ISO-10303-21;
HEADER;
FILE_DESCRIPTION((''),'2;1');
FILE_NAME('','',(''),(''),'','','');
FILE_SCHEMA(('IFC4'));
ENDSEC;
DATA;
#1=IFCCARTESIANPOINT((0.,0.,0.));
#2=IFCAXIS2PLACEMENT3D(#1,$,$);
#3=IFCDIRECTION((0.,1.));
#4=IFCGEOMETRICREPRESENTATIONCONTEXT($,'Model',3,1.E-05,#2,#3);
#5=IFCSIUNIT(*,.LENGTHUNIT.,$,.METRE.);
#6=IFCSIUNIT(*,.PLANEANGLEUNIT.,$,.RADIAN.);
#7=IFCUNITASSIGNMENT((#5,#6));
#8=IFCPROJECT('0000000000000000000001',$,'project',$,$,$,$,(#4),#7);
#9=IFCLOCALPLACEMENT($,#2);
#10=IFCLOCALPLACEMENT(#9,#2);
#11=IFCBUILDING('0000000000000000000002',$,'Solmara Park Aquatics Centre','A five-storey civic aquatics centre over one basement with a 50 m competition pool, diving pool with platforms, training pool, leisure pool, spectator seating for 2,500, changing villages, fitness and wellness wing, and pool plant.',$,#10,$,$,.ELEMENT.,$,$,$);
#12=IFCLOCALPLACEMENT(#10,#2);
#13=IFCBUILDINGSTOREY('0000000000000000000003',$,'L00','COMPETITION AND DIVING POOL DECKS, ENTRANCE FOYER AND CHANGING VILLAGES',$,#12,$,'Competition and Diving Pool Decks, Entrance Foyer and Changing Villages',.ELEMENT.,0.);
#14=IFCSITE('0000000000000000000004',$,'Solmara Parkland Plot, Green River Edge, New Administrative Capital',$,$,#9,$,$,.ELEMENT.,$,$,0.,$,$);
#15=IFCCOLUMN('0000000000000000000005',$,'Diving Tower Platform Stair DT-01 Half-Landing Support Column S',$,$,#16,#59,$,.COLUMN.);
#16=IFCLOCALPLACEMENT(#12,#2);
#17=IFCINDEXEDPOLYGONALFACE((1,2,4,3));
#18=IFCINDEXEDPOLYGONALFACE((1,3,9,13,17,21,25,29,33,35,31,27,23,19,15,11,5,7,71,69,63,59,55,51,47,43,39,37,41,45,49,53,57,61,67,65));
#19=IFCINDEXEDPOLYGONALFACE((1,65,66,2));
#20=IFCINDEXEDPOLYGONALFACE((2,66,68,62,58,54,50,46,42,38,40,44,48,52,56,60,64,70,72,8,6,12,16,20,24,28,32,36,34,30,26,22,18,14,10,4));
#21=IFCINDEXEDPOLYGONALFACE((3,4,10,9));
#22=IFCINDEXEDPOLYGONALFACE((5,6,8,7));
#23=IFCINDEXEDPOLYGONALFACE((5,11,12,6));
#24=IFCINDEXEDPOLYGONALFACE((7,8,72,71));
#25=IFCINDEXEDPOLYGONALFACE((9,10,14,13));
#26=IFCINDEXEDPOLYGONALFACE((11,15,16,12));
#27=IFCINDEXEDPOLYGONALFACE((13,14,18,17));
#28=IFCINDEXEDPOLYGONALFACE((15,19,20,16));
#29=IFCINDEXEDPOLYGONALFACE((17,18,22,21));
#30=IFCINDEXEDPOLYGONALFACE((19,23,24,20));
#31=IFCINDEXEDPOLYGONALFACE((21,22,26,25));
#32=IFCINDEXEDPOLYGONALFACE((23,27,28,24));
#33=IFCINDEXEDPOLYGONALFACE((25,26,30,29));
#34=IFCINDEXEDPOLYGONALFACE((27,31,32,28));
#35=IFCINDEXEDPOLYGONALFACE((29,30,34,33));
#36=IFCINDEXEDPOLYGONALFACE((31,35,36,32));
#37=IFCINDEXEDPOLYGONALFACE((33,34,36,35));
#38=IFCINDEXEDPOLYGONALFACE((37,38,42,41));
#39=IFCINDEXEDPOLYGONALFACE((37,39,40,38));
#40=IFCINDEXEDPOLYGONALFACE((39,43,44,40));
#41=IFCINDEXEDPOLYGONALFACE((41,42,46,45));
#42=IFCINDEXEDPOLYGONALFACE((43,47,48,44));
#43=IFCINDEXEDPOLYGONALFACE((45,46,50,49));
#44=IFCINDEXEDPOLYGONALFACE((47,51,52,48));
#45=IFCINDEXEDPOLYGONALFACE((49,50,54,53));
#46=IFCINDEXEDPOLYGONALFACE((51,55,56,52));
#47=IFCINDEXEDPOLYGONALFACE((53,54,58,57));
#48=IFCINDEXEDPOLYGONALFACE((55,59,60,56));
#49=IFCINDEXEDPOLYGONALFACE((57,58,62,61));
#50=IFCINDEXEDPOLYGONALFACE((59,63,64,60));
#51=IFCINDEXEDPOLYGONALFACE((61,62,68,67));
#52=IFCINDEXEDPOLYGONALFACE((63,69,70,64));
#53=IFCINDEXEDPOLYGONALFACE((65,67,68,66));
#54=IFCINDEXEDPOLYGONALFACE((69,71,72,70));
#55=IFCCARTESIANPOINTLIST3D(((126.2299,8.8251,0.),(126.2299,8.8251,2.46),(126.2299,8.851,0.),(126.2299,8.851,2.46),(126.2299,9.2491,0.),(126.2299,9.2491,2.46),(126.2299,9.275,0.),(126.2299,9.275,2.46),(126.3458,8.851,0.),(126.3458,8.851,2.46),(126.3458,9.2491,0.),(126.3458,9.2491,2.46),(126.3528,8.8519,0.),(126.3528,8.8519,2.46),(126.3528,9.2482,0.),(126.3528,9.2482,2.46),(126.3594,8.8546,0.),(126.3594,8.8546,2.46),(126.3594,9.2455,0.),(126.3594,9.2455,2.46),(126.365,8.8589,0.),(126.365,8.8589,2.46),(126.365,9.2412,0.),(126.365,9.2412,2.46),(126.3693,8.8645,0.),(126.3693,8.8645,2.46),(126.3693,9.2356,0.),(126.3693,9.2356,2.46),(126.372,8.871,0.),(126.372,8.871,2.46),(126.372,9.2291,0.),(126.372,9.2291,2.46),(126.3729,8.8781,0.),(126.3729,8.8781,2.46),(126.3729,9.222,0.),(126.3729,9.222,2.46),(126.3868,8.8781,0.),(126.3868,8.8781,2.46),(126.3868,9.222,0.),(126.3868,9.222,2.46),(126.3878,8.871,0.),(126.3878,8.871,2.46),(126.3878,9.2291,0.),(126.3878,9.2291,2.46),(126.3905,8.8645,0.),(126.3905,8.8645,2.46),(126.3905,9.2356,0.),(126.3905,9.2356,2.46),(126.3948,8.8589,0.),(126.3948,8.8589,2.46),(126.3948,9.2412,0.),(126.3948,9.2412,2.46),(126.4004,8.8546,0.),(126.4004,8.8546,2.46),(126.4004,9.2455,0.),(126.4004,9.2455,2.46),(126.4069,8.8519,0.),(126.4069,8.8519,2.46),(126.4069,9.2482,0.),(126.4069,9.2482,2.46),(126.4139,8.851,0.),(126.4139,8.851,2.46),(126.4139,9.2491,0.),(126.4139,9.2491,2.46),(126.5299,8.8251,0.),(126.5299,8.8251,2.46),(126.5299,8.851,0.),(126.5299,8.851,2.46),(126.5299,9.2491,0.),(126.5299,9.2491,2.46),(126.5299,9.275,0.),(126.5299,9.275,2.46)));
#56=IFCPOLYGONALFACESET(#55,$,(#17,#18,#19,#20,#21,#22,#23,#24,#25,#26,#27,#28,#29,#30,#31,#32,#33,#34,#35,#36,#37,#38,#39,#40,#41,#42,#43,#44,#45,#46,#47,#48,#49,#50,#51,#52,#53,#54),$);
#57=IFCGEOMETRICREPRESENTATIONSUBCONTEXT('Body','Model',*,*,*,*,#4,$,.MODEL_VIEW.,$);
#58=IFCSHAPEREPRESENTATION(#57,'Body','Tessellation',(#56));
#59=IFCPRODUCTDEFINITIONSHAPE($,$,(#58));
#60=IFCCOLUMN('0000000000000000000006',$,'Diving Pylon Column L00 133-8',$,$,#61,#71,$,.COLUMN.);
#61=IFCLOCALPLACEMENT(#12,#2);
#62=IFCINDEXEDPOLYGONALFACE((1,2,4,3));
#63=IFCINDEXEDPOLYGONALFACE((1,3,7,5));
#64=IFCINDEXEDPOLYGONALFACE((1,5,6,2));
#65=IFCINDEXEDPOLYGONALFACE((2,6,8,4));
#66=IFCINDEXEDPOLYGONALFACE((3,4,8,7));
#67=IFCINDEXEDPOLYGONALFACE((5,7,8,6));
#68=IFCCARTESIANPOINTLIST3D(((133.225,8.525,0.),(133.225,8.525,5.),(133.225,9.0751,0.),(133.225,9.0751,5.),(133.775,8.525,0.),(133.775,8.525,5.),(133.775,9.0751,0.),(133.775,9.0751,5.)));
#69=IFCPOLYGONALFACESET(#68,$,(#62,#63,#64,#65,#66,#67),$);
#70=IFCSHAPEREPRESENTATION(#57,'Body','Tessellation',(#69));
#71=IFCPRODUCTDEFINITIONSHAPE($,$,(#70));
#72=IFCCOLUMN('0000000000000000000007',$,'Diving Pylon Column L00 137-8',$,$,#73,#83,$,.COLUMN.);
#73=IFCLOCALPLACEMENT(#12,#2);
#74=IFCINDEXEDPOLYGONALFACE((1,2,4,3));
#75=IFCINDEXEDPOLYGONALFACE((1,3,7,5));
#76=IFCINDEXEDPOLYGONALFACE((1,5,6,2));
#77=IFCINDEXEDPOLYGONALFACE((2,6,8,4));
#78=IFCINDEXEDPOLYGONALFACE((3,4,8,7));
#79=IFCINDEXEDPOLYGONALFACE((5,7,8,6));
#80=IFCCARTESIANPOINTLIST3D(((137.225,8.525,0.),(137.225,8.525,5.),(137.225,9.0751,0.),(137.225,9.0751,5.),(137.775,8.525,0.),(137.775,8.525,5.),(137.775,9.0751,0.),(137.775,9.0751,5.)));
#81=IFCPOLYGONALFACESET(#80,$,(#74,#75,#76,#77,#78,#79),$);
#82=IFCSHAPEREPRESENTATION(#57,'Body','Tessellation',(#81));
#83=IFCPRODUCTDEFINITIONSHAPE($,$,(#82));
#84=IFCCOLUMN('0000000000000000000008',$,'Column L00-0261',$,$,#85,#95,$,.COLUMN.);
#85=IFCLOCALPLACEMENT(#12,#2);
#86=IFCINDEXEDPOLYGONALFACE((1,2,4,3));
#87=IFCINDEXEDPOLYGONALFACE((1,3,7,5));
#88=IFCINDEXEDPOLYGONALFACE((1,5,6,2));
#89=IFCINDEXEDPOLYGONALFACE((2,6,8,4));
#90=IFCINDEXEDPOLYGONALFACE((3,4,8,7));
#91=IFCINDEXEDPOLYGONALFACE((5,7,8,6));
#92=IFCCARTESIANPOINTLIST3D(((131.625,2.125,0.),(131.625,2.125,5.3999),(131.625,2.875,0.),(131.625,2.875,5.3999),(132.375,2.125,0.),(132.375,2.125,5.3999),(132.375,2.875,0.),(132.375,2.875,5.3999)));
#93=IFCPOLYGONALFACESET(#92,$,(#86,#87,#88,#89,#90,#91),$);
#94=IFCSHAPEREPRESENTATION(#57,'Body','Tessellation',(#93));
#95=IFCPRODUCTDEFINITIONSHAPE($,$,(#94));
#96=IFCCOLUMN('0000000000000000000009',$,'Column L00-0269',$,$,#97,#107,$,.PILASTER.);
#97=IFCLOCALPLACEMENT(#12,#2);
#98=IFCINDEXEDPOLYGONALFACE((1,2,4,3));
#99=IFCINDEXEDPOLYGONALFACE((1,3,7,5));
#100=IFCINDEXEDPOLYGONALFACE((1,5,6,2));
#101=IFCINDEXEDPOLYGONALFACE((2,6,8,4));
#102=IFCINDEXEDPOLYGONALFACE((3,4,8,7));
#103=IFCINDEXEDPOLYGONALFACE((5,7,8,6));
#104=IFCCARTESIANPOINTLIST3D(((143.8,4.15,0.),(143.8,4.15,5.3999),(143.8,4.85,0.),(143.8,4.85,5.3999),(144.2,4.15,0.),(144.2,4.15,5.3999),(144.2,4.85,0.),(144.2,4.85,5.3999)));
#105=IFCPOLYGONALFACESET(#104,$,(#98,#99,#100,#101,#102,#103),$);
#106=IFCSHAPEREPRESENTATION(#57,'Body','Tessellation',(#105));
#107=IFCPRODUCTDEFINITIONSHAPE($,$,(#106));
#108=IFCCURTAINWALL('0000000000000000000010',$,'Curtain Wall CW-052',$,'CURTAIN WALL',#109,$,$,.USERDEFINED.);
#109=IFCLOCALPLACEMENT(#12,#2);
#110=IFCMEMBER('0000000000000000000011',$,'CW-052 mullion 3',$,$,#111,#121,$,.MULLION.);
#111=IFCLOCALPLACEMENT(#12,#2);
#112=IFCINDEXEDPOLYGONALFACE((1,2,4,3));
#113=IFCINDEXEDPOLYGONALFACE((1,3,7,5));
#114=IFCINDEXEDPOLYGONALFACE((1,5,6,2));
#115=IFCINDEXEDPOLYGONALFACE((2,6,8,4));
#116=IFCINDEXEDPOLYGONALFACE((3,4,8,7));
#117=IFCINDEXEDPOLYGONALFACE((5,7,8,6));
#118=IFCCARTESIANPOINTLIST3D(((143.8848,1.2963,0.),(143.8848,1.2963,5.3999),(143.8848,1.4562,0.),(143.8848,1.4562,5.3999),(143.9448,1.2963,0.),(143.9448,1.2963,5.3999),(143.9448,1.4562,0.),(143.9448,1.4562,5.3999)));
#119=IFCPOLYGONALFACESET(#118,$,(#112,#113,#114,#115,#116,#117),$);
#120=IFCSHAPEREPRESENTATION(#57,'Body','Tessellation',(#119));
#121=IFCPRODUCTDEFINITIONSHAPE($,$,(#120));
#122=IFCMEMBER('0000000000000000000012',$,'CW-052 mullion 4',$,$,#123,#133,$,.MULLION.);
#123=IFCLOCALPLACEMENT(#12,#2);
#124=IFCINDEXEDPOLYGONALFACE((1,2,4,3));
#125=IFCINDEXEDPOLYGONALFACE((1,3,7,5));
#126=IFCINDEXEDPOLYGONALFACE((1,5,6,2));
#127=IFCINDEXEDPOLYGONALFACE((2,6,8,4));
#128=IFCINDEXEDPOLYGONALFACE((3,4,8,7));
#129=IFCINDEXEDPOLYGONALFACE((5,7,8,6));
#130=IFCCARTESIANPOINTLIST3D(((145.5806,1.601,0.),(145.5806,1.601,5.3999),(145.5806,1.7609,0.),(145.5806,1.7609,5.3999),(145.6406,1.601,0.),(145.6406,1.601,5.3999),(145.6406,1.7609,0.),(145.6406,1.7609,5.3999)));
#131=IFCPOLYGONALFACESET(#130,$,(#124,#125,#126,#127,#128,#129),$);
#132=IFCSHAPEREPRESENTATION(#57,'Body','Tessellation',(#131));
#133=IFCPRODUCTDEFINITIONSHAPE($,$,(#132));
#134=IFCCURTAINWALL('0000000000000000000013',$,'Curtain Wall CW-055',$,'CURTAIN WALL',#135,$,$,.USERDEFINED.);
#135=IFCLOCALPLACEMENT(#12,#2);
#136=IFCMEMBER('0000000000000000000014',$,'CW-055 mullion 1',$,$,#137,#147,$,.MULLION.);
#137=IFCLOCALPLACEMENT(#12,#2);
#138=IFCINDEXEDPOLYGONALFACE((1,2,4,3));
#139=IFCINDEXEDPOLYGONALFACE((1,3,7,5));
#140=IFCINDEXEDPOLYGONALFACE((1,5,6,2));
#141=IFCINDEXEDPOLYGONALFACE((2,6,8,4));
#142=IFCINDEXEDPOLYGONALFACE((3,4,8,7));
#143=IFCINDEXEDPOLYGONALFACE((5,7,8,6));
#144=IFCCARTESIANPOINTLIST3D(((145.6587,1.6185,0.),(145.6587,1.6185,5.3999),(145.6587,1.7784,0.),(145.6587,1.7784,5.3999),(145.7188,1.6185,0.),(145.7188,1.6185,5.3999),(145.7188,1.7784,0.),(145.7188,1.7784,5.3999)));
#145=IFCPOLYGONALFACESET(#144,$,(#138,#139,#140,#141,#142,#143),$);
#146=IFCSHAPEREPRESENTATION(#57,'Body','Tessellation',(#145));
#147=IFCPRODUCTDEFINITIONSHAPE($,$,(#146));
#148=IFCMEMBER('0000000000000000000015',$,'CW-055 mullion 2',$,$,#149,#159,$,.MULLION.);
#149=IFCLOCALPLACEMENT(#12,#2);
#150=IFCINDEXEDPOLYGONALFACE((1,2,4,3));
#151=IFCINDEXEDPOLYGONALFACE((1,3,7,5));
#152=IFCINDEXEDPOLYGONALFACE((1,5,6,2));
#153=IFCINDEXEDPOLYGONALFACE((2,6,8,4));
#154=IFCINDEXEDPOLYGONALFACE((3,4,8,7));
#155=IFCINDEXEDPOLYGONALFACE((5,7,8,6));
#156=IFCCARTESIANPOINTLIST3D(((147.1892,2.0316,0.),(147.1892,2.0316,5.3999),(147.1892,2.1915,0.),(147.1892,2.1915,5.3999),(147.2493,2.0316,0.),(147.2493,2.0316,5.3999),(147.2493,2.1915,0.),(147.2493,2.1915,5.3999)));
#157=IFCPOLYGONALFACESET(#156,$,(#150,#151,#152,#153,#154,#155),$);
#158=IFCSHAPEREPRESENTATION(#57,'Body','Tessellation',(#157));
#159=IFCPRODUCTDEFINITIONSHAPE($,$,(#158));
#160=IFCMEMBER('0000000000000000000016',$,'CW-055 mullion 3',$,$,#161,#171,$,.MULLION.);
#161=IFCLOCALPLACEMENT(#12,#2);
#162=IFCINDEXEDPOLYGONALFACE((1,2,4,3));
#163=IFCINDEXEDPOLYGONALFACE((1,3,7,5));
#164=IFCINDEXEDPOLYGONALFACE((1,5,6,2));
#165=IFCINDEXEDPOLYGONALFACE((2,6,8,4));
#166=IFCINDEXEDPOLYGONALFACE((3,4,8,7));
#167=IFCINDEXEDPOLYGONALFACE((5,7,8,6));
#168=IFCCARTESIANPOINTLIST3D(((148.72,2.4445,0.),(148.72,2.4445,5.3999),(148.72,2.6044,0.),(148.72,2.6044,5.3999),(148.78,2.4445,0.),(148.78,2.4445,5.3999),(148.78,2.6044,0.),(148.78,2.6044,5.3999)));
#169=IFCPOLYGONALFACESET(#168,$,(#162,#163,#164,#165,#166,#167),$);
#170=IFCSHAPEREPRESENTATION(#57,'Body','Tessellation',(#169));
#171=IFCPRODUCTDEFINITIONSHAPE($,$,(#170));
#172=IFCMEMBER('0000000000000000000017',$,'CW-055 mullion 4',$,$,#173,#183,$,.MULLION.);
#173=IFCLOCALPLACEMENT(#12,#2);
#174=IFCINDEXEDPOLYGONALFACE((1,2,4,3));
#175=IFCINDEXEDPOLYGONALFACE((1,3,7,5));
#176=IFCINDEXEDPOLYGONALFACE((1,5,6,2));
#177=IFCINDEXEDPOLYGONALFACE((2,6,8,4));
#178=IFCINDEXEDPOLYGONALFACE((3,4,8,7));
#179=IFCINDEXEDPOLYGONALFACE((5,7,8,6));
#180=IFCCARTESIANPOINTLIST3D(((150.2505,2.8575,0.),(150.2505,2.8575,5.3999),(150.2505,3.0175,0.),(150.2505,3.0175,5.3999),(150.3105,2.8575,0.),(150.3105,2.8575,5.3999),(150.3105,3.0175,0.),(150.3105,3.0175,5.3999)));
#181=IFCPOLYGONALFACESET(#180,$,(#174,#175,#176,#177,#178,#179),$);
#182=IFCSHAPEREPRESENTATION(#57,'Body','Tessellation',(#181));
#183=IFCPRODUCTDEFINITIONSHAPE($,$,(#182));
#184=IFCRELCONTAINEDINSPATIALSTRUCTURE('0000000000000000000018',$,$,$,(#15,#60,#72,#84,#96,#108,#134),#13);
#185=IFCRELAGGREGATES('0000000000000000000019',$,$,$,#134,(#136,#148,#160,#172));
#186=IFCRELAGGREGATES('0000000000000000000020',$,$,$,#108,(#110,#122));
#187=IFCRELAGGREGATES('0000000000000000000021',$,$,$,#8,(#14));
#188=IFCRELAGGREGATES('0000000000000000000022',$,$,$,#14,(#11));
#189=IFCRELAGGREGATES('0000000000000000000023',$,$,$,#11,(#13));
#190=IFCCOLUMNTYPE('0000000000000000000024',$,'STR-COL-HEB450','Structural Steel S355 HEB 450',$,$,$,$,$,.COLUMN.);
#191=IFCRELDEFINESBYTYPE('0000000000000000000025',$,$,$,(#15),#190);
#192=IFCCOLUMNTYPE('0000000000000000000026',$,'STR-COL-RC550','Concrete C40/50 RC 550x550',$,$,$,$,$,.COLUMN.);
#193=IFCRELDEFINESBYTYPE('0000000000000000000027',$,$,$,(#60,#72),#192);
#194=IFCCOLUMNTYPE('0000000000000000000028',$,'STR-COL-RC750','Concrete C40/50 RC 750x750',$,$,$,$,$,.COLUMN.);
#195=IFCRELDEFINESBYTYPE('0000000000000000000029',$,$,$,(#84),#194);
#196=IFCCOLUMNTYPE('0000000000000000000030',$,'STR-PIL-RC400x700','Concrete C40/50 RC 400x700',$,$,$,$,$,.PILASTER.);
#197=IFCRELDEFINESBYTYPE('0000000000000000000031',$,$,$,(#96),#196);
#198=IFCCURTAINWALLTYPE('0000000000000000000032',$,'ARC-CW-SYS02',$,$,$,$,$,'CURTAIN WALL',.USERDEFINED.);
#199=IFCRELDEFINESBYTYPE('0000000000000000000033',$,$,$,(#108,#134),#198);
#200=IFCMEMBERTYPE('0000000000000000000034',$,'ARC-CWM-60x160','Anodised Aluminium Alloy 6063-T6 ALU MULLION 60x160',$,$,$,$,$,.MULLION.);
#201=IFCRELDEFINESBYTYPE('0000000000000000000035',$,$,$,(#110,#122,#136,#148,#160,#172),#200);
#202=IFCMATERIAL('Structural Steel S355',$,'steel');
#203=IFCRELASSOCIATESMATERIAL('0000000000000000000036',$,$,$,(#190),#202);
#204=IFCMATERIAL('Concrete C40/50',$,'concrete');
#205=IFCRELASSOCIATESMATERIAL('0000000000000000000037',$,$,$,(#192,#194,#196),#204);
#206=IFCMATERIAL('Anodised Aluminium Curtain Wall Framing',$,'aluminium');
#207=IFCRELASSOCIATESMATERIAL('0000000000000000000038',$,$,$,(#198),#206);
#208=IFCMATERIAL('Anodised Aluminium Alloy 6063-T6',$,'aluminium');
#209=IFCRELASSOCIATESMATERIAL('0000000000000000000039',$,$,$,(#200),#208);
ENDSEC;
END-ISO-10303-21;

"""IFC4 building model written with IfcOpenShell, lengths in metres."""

from ifc_helpers import new_model, si_unit, direction, frame, origin, origin_2d, place, context, subcontext, project, spatial, rectangle, i_section, extrude, material, material_profile, profile_set, type_object, element, aggregate, save


model = new_model("IFC4")

# Units and contexts
model_context = context("Model", 3, precision=1e-05, world=origin(), true_north=direction((0.0, 1.0)))
body_context = subcontext(model_context, "Body", "Model", "MODEL_VIEW")
ifc_project = project(units=[si_unit("LENGTHUNIT", "METRE"), si_unit("PLANEANGLEUNIT", "RADIAN")], contexts=[model_context])

# Site, building, storey
site_placement = place(None, origin())
site = spatial("IfcSite", under=ifc_project, at=site_placement, Name="Solmara Parkland Plot, Green River Edge, New Administrative Capital", CompositionType="ELEMENT", RefElevation=0.0)
building_placement = place(site_placement, origin())
building = spatial("IfcBuilding", under=site, at=building_placement, Name="Solmara Park Aquatics Centre", Description="A five-storey civic aquatics centre over one basement with a 50 m competition pool, diving pool with platforms, training pool, leisure pool, spectator seating for 2,500, changing villages, fitness and wellness wing, and pool plant.", CompositionType="ELEMENT")
storey_placement = place(building_placement, origin())
storey = spatial("IfcBuildingStorey", under=building, at=storey_placement, Name="L00", Description="COMPETITION AND DIVING POOL DECKS, ENTRANCE FOYER AND CHANGING VILLAGES", LongName="Competition and Diving Pool Decks, Entrance Foyer and Changing Villages", CompositionType="ELEMENT", Elevation=0.0)

# Columns
ifc_material_1 = material(Name="Structural Steel S355", Category="steel")
ifc_material_profile_1 = material_profile(ifc_material_1, i_section(OverallWidth=0.3, OverallDepth=0.45, WebThickness=0.0139, FlangeThickness=0.0259, FilletRadius=0.0271, at=origin_2d()), Name="HEB 450")
ifc_profile_set_1 = profile_set([ifc_material_profile_1], Name="Structural Steel S355")
column_type_1 = type_object("IfcColumnType", Name="STR-COL-HEB450", Description="Structural Steel S355 HEB 450", PredefinedType="COLUMN", material=ifc_profile_set_1)
column_1_placement = place(storey_placement, frame((126.3799, 9.05, 0.0), z_axis=(0.0, 0.0, 1.0), x_axis=(1.0, 0.0, 0.0)))
element("IfcColumn", 1, at=column_1_placement, inside=storey, type_object=column_type_1, Name="Diving Tower Platform Stair DT-01 Half-Landing Support Column S", PredefinedType="COLUMN", context=body_context, shape_type="SweptSolid", body=[
    extrude(i_section(OverallWidth=0.3, OverallDepth=0.45, WebThickness=0.0139, FlangeThickness=0.0259, FilletRadius=0.0271, at=origin_2d()), origin(), (0.0, 0.0, 1.0), 2.46),
])
ifc_material_2 = material(Name="Concrete C40/50", Category="concrete")
ifc_material_profile_2 = material_profile(ifc_material_2, rectangle(XDim=0.55, YDim=0.55, at=origin_2d()), Name="RC 550x550")
ifc_profile_set_2 = profile_set([ifc_material_profile_2], Name="Concrete C40/50")
column_type_2 = type_object("IfcColumnType", Name="STR-COL-RC550", Description="Concrete C40/50 RC 550x550", PredefinedType="COLUMN", material=ifc_profile_set_2)
for number, where, z_axis, x_axis, name in (
    (2, (133.5, 8.8, 0.0), (0.0, 0.0, 1.0), (1.0, 0.0, 0.0), "Diving Pylon Column L00 133-8"),
    (3, (137.5, 8.8, 0.0), (0.0, 0.0, 1.0), (1.0, 0.0, 0.0), "Diving Pylon Column L00 137-8"),
):
    element("IfcColumn", number, at=place(storey_placement, frame(where, z_axis=z_axis, x_axis=x_axis)), inside=storey, type_object=column_type_2, Name=name, PredefinedType="COLUMN", context=body_context, shape_type="SweptSolid", body=[
        extrude(rectangle(XDim=0.55, YDim=0.55, at=origin_2d()), origin(), (0.0, 0.0, 1.0), 5.0),
    ])
ifc_material_profile_3 = material_profile(ifc_material_2, rectangle(XDim=0.75, YDim=0.75, at=origin_2d()), Name="RC 750x750")
ifc_profile_set_3 = profile_set([ifc_material_profile_3], Name="Concrete C40/50")
column_type_3 = type_object("IfcColumnType", Name="STR-COL-RC750", Description="Concrete C40/50 RC 750x750", PredefinedType="COLUMN", material=ifc_profile_set_3)
column_2_placement = place(storey_placement, frame((132.0, 2.5, 0.0), z_axis=(0.0, 0.0, 1.0), x_axis=(1.0, 0.0, 0.0)))
element("IfcColumn", 4, at=column_2_placement, inside=storey, type_object=column_type_3, Name="Column L00-0261", PredefinedType="COLUMN", context=body_context, shape_type="SweptSolid", body=[
    extrude(rectangle(XDim=0.75, YDim=0.75, at=origin_2d()), origin(), (0.0, 0.0, 1.0), 5.3999),
])
ifc_material_profile_4 = material_profile(ifc_material_2, rectangle(XDim=0.3999, YDim=0.7, at=origin_2d()), Name="RC 400x700")
ifc_profile_set_4 = profile_set([ifc_material_profile_4], Name="Concrete C40/50")
column_type_4 = type_object("IfcColumnType", Name="STR-PIL-RC400x700", Description="Concrete C40/50 RC 400x700", PredefinedType="PILASTER", material=ifc_profile_set_4)
column_3_placement = place(storey_placement, frame((144.0, 4.5, 0.0), z_axis=(0.0, 0.0, 1.0), x_axis=(1.0, 0.0, 0.0)))
element("IfcColumn", 5, at=column_3_placement, inside=storey, type_object=column_type_4, Name="Column L00-0269", PredefinedType="PILASTER", context=body_context, shape_type="SweptSolid", body=[
    extrude(rectangle(XDim=0.3999, YDim=0.7, at=origin_2d()), origin(), (0.0, 0.0, 1.0), 5.3999),
])

# Curtain walls, members
ifc_material_3 = material(Name="Anodised Aluminium Curtain Wall Framing", Category="aluminium")
curtain_wall_type = type_object("IfcCurtainWallType", Name="ARC-CW-SYS02", ElementType="CURTAIN WALL", PredefinedType="USERDEFINED", material=ifc_material_3)
curtain_wall_1_placement = place(storey_placement, origin())
curtain_wall_1 = element("IfcCurtainWall", 6, at=curtain_wall_1_placement, inside=storey, type_object=curtain_wall_type, Name="Curtain Wall CW-052", ObjectType="CURTAIN WALL", PredefinedType="USERDEFINED")
ifc_material_4 = material(Name="Anodised Aluminium Alloy 6063-T6", Category="aluminium")
ifc_material_profile_5 = material_profile(ifc_material_4, rectangle(XDim=0.0601, YDim=0.1599, at=origin_2d()), Name="ALU MULLION 60x160")
ifc_profile_set_5 = profile_set([ifc_material_profile_5], Name="Anodised Aluminium Alloy 6063-T6")
member_type_1 = type_object("IfcMemberType", Name="ARC-CWM-60x160", Description="Anodised Aluminium Alloy 6063-T6 ALU MULLION 60x160", PredefinedType="MULLION", material=ifc_profile_set_5)
member_1_placement = place(storey_placement, frame((143.9148, 1.3762, 0.0), z_axis=(0.0, 0.0, 1.0), x_axis=(1.0, 0.0, 0.0)))
member_1 = element("IfcMember", 7, at=member_1_placement, type_object=member_type_1, Name="CW-052 mullion 3", PredefinedType="MULLION", context=body_context, shape_type="SweptSolid", body=[
    extrude(rectangle(XDim=0.0601, YDim=0.1599, at=origin_2d()), origin(), (0.0, 0.0, 1.0), 5.3999),
])
member_2_placement = place(storey_placement, frame((145.6106, 1.6809, 0.0), z_axis=(0.0, 0.0, 1.0), x_axis=(1.0, 0.0, 0.0)))
member_2 = element("IfcMember", 8, at=member_2_placement, type_object=member_type_1, Name="CW-052 mullion 4", PredefinedType="MULLION", context=body_context, shape_type="SweptSolid", body=[
    extrude(rectangle(XDim=0.0601, YDim=0.1599, at=origin_2d()), origin(), (0.0, 0.0, 1.0), 5.3999),
])
curtain_wall_2_placement = place(storey_placement, origin())
curtain_wall_2 = element("IfcCurtainWall", 9, at=curtain_wall_2_placement, inside=storey, type_object=curtain_wall_type, Name="Curtain Wall CW-055", ObjectType="CURTAIN WALL", PredefinedType="USERDEFINED")
member_3_placement = place(storey_placement, frame((145.6887, 1.6985, 0.0), z_axis=(0.0, 0.0, 1.0), x_axis=(1.0, 0.0, 0.0)))
member_3 = element("IfcMember", 10, at=member_3_placement, type_object=member_type_1, Name="CW-055 mullion 1", PredefinedType="MULLION", context=body_context, shape_type="SweptSolid", body=[
    extrude(rectangle(XDim=0.0601, YDim=0.1599, at=origin_2d()), origin(), (0.0, 0.0, 1.0), 5.3999),
])
member_4_placement = place(storey_placement, frame((147.2192, 2.1116, 0.0), z_axis=(0.0, 0.0, 1.0), x_axis=(1.0, 0.0, 0.0)))
member_4 = element("IfcMember", 11, at=member_4_placement, type_object=member_type_1, Name="CW-055 mullion 2", PredefinedType="MULLION", context=body_context, shape_type="SweptSolid", body=[
    extrude(rectangle(XDim=0.0601, YDim=0.1599, at=origin_2d()), origin(), (0.0, 0.0, 1.0), 5.3999),
])
member_5_placement = place(storey_placement, frame((148.75, 2.5244, 0.0), z_axis=(0.0, 0.0, 1.0), x_axis=(1.0, 0.0, 0.0)))
member_5 = element("IfcMember", 12, at=member_5_placement, type_object=member_type_1, Name="CW-055 mullion 3", PredefinedType="MULLION", context=body_context, shape_type="SweptSolid", body=[
    extrude(rectangle(XDim=0.0601, YDim=0.1599, at=origin_2d()), origin(), (0.0, 0.0, 1.0), 5.3999),
])
member_6_placement = place(storey_placement, frame((150.2805, 2.9375, 0.0), z_axis=(0.0, 0.0, 1.0), x_axis=(1.0, 0.0, 0.0)))
member_6 = element("IfcMember", 13, at=member_6_placement, type_object=member_type_1, Name="CW-055 mullion 4", PredefinedType="MULLION", context=body_context, shape_type="SweptSolid", body=[
    extrude(rectangle(XDim=0.0601, YDim=0.1599, at=origin_2d()), origin(), (0.0, 0.0, 1.0), 5.3999),
])

aggregate(curtain_wall_2, [member_3, member_4, member_5, member_6])
aggregate(curtain_wall_1, [member_1, member_2])

save(model, "model.ifc")
